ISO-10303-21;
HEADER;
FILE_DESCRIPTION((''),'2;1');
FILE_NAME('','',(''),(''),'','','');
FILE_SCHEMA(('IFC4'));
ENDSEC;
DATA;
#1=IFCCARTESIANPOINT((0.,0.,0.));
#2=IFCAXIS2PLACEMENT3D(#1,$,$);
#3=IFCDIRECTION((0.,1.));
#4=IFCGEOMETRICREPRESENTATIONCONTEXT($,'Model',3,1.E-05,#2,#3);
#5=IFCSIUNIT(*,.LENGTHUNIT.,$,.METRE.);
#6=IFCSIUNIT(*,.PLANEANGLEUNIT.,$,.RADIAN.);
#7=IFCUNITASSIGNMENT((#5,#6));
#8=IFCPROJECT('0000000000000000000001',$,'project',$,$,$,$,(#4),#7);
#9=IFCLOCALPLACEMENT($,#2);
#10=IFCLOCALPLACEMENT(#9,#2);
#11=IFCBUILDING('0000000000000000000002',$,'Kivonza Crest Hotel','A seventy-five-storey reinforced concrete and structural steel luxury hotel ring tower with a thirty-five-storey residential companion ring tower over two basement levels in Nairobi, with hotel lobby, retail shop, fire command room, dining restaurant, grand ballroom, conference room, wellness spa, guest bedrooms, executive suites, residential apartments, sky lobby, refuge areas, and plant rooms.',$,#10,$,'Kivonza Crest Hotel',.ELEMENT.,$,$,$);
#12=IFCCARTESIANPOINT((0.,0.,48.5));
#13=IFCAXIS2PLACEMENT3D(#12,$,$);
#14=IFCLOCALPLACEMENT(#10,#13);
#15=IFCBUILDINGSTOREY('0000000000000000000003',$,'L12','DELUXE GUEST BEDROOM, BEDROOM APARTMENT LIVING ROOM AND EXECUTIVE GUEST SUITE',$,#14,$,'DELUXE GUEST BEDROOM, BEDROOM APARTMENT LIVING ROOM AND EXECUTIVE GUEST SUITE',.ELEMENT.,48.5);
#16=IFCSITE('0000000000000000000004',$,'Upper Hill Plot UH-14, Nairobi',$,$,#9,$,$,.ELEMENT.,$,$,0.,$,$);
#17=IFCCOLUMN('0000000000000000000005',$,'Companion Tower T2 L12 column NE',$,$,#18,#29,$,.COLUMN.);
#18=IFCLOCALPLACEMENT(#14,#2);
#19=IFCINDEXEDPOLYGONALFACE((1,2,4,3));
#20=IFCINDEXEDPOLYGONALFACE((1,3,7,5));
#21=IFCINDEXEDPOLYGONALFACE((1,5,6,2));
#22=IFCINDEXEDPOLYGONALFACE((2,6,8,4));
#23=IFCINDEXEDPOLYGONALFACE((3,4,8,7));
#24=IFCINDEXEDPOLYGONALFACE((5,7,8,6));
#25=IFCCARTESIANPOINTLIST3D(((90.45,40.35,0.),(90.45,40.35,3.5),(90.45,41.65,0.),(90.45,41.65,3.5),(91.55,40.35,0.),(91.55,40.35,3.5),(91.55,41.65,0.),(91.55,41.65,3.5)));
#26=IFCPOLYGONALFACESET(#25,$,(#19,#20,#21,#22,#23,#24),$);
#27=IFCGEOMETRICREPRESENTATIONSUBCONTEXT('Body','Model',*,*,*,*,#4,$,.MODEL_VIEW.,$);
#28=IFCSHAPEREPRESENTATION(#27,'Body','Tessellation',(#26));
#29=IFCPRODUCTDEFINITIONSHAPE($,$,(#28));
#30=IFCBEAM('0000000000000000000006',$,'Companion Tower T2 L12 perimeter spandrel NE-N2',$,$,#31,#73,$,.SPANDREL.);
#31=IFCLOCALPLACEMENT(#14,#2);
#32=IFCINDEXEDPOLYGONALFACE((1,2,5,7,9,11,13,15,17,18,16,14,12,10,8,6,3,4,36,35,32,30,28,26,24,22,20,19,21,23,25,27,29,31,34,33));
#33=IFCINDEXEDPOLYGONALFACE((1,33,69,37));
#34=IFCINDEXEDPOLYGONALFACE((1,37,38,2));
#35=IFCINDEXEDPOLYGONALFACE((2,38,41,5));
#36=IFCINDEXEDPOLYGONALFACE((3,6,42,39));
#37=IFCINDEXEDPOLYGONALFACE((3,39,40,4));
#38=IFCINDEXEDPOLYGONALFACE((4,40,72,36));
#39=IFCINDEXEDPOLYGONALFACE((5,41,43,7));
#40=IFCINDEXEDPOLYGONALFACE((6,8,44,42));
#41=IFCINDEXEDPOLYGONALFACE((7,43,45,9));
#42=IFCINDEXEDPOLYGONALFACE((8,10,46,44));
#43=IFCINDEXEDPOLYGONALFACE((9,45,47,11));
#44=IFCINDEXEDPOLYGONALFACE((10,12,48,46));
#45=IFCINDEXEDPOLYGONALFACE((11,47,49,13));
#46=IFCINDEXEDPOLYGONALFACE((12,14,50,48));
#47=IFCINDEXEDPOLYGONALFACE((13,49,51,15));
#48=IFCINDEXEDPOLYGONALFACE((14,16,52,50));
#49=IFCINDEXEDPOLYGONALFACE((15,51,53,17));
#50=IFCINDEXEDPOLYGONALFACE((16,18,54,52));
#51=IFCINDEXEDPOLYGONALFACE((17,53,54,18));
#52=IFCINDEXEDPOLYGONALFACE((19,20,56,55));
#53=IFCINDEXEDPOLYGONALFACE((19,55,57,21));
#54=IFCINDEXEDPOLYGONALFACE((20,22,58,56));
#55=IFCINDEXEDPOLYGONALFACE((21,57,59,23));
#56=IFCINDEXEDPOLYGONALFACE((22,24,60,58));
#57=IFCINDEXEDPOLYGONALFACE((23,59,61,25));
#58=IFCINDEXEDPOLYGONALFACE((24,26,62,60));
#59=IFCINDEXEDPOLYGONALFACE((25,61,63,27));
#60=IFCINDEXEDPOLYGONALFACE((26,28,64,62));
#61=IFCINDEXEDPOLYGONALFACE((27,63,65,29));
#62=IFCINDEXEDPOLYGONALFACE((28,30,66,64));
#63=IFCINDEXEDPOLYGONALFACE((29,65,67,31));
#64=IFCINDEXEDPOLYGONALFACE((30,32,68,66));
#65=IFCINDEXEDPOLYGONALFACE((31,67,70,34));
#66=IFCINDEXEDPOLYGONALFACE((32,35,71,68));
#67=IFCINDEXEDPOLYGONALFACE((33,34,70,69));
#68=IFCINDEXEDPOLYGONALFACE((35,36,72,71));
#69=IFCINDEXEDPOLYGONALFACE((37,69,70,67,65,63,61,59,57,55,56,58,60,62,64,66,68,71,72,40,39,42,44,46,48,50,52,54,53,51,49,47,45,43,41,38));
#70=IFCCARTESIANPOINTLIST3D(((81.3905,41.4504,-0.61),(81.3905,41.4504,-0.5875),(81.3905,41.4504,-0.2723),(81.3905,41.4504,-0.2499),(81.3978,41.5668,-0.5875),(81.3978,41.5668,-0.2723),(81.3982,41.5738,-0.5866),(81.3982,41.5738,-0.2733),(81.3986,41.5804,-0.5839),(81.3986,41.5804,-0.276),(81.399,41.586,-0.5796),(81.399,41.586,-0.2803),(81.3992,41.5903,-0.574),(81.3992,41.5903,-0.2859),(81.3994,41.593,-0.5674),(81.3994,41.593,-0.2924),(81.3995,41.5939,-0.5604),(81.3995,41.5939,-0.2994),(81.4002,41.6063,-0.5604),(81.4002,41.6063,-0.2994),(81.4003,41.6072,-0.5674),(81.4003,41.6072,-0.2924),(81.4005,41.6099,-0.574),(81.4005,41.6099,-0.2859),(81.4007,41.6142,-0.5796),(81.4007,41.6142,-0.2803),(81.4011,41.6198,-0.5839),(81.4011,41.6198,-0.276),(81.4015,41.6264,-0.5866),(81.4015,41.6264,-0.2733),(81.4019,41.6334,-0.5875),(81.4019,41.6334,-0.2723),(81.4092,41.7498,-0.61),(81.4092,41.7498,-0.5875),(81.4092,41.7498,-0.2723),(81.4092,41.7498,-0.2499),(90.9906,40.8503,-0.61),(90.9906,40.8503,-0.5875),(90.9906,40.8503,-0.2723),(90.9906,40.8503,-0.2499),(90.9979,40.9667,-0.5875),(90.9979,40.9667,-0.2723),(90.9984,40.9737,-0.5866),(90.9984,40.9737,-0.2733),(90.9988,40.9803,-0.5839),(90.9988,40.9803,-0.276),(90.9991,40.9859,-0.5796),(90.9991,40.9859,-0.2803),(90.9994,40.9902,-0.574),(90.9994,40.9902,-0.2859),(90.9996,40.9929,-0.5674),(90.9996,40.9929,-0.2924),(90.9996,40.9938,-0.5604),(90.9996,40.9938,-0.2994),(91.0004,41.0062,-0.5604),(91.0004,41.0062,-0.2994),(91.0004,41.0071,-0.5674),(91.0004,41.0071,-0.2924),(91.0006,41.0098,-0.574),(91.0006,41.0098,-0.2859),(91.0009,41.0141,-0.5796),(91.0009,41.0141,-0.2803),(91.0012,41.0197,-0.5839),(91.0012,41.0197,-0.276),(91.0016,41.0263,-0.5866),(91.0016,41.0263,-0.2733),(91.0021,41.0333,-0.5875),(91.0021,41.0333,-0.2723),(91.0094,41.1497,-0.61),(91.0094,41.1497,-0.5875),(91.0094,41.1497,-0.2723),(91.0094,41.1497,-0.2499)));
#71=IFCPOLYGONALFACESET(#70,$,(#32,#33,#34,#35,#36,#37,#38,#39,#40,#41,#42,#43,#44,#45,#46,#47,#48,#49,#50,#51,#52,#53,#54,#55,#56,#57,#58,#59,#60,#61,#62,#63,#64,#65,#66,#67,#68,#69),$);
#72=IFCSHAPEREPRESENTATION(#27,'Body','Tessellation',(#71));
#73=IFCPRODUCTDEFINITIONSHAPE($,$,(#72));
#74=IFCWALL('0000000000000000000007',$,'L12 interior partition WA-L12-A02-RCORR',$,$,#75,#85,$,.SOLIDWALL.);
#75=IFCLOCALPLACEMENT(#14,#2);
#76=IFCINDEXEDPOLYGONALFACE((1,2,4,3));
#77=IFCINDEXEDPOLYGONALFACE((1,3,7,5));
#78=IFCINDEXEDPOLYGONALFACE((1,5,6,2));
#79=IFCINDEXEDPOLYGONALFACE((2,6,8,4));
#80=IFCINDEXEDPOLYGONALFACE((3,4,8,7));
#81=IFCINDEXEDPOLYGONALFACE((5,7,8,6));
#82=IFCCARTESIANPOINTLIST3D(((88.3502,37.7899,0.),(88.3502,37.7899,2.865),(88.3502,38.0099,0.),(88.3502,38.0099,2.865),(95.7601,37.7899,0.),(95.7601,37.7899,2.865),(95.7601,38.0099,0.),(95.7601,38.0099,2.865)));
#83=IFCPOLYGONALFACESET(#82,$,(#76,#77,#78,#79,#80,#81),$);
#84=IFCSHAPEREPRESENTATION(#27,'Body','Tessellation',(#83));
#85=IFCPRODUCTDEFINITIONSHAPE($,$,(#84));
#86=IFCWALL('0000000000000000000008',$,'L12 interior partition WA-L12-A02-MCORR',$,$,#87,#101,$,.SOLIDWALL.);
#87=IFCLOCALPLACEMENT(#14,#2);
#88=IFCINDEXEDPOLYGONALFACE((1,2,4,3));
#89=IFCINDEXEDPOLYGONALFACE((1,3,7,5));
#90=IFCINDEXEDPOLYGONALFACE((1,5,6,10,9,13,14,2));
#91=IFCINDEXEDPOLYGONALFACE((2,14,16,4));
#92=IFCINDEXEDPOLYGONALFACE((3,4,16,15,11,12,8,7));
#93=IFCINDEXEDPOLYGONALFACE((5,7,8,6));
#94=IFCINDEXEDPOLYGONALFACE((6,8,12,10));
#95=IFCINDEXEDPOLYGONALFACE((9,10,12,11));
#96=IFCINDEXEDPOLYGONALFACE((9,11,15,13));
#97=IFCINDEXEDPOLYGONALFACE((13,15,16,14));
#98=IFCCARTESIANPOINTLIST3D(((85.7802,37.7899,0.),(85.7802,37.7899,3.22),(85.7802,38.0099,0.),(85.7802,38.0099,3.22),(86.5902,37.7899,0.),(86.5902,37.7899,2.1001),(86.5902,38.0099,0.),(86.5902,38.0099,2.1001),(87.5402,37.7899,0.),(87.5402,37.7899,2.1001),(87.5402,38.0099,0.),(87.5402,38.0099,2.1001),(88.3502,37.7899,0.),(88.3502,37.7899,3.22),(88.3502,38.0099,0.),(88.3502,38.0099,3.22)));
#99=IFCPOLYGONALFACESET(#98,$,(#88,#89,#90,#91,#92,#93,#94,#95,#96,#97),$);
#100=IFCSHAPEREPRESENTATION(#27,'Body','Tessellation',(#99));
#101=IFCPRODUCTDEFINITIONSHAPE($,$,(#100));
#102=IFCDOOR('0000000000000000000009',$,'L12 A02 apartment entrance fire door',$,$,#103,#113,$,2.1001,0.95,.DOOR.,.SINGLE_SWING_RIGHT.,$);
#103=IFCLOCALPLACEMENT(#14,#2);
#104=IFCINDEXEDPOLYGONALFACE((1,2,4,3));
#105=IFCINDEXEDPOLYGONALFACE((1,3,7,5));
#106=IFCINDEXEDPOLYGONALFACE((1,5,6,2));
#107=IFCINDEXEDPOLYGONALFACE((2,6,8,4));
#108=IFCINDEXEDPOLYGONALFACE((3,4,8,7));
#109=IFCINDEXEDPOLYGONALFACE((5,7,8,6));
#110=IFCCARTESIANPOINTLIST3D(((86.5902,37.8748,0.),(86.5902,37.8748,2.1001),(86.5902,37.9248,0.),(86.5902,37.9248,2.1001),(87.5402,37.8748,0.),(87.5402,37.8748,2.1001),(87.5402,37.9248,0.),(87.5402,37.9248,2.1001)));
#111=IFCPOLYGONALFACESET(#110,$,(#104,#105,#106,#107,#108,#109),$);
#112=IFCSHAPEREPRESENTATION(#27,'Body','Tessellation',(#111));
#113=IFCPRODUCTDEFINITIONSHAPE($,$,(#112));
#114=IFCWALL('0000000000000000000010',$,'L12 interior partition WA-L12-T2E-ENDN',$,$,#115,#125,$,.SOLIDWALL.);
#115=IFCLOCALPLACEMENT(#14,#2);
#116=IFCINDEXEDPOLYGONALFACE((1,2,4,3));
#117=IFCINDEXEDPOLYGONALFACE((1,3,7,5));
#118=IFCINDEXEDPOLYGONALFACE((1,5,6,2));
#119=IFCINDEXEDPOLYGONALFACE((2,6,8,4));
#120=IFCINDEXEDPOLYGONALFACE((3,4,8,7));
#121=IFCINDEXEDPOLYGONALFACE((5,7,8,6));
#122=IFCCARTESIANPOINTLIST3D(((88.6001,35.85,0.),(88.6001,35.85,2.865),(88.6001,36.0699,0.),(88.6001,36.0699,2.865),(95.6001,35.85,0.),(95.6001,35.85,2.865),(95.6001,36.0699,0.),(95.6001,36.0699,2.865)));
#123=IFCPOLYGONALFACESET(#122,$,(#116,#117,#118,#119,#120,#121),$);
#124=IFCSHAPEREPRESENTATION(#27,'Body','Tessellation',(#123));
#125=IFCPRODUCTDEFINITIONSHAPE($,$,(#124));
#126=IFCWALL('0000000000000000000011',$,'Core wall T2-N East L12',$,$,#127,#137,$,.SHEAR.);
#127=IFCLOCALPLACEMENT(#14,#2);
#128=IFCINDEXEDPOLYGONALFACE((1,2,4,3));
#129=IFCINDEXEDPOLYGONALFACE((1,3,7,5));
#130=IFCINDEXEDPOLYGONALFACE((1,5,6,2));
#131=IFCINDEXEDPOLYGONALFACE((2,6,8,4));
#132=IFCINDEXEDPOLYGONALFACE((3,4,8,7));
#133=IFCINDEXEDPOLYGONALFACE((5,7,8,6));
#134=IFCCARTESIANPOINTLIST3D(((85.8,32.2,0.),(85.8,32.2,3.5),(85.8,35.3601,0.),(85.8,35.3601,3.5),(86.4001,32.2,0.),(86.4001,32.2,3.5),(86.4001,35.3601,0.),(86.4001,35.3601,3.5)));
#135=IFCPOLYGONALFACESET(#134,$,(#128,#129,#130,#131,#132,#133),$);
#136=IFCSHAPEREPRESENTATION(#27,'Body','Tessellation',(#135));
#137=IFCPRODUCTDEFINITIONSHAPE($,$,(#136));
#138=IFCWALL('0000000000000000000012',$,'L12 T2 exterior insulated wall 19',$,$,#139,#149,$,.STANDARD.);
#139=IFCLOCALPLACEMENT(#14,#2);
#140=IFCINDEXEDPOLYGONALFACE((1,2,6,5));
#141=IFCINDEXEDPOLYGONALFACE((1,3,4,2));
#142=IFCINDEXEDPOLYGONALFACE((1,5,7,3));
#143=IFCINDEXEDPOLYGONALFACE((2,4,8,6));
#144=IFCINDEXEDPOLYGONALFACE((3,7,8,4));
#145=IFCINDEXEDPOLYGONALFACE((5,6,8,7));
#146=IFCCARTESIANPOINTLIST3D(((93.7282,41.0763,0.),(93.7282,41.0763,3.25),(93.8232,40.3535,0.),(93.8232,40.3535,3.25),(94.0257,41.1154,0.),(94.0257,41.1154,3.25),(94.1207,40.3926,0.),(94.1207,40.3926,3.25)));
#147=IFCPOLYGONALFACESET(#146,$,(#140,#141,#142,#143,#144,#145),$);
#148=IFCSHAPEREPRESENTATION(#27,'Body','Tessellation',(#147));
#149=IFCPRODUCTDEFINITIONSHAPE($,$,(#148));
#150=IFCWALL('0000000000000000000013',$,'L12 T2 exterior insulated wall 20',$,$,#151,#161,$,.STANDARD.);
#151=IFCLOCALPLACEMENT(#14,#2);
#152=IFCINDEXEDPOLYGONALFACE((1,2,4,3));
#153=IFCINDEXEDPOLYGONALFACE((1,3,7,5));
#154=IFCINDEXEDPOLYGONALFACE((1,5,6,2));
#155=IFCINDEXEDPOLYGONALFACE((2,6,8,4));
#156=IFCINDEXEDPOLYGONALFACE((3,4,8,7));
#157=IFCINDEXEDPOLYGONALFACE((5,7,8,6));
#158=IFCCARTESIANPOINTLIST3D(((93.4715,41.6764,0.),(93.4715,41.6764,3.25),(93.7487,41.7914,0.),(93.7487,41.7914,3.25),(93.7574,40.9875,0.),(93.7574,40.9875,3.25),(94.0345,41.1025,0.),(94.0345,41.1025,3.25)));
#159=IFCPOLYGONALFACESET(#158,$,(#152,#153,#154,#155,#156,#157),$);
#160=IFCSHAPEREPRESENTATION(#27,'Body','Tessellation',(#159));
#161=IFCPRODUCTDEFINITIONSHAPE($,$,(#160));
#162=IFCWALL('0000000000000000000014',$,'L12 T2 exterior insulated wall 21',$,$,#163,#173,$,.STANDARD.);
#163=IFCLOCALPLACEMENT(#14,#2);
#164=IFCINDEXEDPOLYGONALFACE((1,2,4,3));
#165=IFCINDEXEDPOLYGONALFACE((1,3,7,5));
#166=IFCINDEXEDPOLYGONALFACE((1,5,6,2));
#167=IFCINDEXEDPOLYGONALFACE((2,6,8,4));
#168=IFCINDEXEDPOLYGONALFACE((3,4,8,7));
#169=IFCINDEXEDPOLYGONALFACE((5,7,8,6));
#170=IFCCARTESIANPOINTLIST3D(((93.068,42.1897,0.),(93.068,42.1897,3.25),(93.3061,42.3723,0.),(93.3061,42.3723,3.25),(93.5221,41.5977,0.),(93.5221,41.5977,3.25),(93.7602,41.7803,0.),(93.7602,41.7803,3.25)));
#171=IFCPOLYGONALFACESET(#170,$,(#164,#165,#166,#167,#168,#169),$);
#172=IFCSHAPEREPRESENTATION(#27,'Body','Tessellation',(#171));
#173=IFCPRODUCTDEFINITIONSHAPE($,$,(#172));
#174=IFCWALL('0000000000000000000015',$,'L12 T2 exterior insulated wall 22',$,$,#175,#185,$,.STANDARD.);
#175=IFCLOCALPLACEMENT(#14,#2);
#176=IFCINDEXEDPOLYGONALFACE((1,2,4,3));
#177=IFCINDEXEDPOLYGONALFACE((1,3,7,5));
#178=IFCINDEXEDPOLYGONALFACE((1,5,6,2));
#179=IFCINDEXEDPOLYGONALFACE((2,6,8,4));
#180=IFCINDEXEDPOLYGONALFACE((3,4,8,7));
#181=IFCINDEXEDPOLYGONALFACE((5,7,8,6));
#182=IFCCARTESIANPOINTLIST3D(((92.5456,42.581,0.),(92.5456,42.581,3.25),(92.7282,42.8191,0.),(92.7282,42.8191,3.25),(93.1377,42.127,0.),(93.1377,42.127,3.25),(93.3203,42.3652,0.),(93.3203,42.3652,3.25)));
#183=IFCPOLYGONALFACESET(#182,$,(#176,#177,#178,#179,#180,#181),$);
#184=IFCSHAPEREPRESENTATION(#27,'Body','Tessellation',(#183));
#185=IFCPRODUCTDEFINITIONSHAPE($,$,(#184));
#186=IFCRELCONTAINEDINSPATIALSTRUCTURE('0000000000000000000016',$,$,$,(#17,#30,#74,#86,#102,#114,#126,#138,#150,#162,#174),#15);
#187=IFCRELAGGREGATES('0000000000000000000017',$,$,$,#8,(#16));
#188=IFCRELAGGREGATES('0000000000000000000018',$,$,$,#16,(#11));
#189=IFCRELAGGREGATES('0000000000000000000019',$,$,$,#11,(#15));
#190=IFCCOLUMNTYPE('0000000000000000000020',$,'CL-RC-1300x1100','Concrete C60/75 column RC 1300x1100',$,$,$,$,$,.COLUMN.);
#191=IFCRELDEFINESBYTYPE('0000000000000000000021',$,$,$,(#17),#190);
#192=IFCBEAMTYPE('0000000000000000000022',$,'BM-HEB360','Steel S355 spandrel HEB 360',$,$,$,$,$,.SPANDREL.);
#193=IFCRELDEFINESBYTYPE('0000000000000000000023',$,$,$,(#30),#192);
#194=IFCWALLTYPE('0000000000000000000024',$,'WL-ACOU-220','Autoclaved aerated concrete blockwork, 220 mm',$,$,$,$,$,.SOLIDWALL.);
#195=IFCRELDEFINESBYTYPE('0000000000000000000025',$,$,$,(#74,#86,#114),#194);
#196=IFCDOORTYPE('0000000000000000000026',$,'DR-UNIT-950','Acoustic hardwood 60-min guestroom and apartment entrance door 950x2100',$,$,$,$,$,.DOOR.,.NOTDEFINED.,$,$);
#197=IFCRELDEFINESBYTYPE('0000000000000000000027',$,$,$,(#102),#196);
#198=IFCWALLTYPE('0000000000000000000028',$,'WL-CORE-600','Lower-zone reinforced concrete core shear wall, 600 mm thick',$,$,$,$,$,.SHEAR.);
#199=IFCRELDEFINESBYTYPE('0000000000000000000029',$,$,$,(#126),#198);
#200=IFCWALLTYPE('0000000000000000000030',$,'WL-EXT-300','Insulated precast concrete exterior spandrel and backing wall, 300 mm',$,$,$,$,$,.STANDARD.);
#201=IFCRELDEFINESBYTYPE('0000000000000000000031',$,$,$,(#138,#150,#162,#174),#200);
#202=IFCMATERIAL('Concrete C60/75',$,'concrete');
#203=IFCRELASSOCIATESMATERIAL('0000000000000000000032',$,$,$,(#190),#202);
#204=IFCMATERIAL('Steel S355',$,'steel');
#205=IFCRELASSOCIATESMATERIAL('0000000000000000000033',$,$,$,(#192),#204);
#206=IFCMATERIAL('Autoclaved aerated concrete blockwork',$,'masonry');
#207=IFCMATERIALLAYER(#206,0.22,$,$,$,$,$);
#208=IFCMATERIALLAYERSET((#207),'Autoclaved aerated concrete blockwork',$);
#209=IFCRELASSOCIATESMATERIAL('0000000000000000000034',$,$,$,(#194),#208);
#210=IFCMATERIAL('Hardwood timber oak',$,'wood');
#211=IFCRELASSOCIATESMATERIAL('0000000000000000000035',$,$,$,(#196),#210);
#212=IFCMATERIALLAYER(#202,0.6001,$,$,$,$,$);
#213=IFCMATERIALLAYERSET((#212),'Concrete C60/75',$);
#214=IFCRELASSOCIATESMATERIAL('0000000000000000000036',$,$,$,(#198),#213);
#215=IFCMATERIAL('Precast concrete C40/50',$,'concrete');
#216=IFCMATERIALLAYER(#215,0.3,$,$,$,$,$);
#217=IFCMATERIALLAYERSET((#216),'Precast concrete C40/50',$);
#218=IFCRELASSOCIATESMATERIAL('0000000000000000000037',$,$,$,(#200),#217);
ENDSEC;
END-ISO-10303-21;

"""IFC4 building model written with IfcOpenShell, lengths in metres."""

from ifc_helpers import new_model, si_unit, direction, frame, frame_2d, origin, origin_2d, place, context, subcontext, project, spatial, rectangle, i_section, extrude, material, layer, layer_set, material_profile, profile_set, type_object, element, fill, save


model = new_model("IFC4")

# Units and contexts
model_context = context("Model", 3, precision=1e-05, world=origin(), true_north=direction((0.0, 1.0)))
body_context = subcontext(model_context, "Body", "Model", "MODEL_VIEW")
ifc_project = project(units=[si_unit("LENGTHUNIT", "METRE"), si_unit("PLANEANGLEUNIT", "RADIAN")], contexts=[model_context])

# Site, building, storey
site_placement = place(None, origin())
site = spatial("IfcSite", under=ifc_project, at=site_placement, Name="Upper Hill Plot UH-14, Nairobi", CompositionType="ELEMENT", RefElevation=0.0)
building_placement = place(site_placement, origin())
building = spatial("IfcBuilding", under=site, at=building_placement, Name="Kivonza Crest Hotel", Description="A seventy-five-storey reinforced concrete and structural steel luxury hotel ring tower with a thirty-five-storey residential companion ring tower over two basement levels in Nairobi, with hotel lobby, retail shop, fire command room, dining restaurant, grand ballroom, conference room, wellness spa, guest bedrooms, executive suites, residential apartments, sky lobby, refuge areas, and plant rooms.", LongName="Kivonza Crest Hotel", CompositionType="ELEMENT")
storey_placement = place(building_placement, frame((0.0, 0.0, 48.5)))
storey = spatial("IfcBuildingStorey", under=building, at=storey_placement, Name="L12", Description="DELUXE GUEST BEDROOM, BEDROOM APARTMENT LIVING ROOM AND EXECUTIVE GUEST SUITE", LongName="DELUXE GUEST BEDROOM, BEDROOM APARTMENT LIVING ROOM AND EXECUTIVE GUEST SUITE", CompositionType="ELEMENT", Elevation=48.5)

# Column
ifc_material_1 = material(Name="Concrete C60/75", Category="concrete")
ifc_material_profile_1 = material_profile(ifc_material_1, rectangle(XDim=1.1001, YDim=1.3, at=origin_2d()), Name="RC 1300x1100")
ifc_profile_set_1 = profile_set([ifc_material_profile_1], Name="Concrete C60/75")
column_type = type_object("IfcColumnType", Name="CL-RC-1300x1100", Description="Concrete C60/75 column RC 1300x1100", PredefinedType="COLUMN", material=ifc_profile_set_1)
column_placement = place(storey_placement, frame((91.0, 41.0, 0.0), z_axis=(0.0, 0.0, 1.0), x_axis=(1.0, 0.0, 0.0)))
element("IfcColumn", 1, at=column_placement, inside=storey, type_object=column_type, Name="Companion Tower T2 L12 column NE", PredefinedType="COLUMN", context=body_context, shape_type="SweptSolid", body=[
    extrude(rectangle(XDim=1.1001, YDim=1.3, at=origin_2d()), origin(), (0.0, 0.0, 1.0), 3.5),
])

# Beam
ifc_material_2 = material(Name="Steel S355", Category="steel")
ifc_material_profile_2 = material_profile(ifc_material_2, i_section(OverallWidth=0.3, OverallDepth=0.3601, WebThickness=0.0125, FlangeThickness=0.0225, FilletRadius=0.0271, at=origin_2d()), Name="HEB 360")
ifc_profile_set_2 = profile_set([ifc_material_profile_2], Name="Steel S355")
beam_type = type_object("IfcBeamType", Name="BM-HEB360", Description="Steel S355 spandrel HEB 360", PredefinedType="SPANDREL", material=ifc_profile_set_2)
beam_placement = place(storey_placement, frame((91.0, 41.0, -0.4299), z_axis=(-0.998052, 0.062388, 0.0), x_axis=(-0.062388, -0.998052, 0.0)))
element("IfcBeam", 2, at=beam_placement, inside=storey, type_object=beam_type, Name="Companion Tower T2 L12 perimeter spandrel NE-N2", PredefinedType="SPANDREL", context=body_context, shape_type="SweptSolid", body=[
    extrude(i_section(OverallWidth=0.3, OverallDepth=0.3601, WebThickness=0.0125, FlangeThickness=0.0225, FilletRadius=0.0271, at=origin_2d()), origin(), (0.0, 0.0, 1.0), 9.6189),
])

# Wall
ifc_material_3 = material(Name="Autoclaved aerated concrete blockwork", Category="masonry")
ifc_layer_1 = layer(ifc_material_3, 0.22)
ifc_layer_set_1 = layer_set([ifc_layer_1], Name="Autoclaved aerated concrete blockwork")
wall_type_1 = type_object("IfcWallType", Name="WL-ACOU-220", Description="Autoclaved aerated concrete blockwork, 220 mm", PredefinedType="SOLIDWALL", material=ifc_layer_set_1)
wall_1_placement = place(storey_placement, frame((88.3501, 37.8999, 0.0), z_axis=(0.0, 0.0, 1.0), x_axis=(1.0, 0.0, 0.0)))
element("IfcWall", 3, at=wall_1_placement, inside=storey, type_object=wall_type_1, Name="L12 interior partition WA-L12-A02-RCORR", PredefinedType="SOLIDWALL", context=body_context, shape_type="SweptSolid", body=[
    extrude(rectangle(XDim=7.4099, YDim=0.22, at=frame_2d((3.7051, 0.0))), origin(), (0.0, 0.0, 1.0), 2.865),
])

# Wall, opening, door
wall_2_placement = place(storey_placement, frame((85.78, 37.8999, 0.0), z_axis=(0.0, 0.0, 1.0), x_axis=(1.0, 0.0, 0.0)))
wall_2 = element("IfcWall", 4, at=wall_2_placement, inside=storey, type_object=wall_type_1, Name="L12 interior partition WA-L12-A02-MCORR", PredefinedType="SOLIDWALL", context=body_context, shape_type="SweptSolid", body=[
    extrude(rectangle(XDim=2.5701, YDim=0.22, at=frame_2d((1.2852, 0.0))), origin(), (0.0, 0.0, 1.0), 3.22),
])
opening_1_placement = place(wall_2_placement, frame((0.8101, 0.0, 0.0)))
opening_1 = element("IfcOpeningElement", 5, at=opening_1_placement, cuts=wall_2, PredefinedType="OPENING", context=body_context, shape_type="SweptSolid", body=[
    extrude(rectangle(XDim=0.95, YDim=2.1001, at=frame_2d((0.4751, 1.05))), frame((0.0, 0.1201, 0.0), z_axis=(0.0, -1.0, 0.0), x_axis=(1.0, 0.0, 0.0)), (0.0, 0.0, 1.0), 0.24),
])
ifc_material_4 = material(Name="Hardwood timber oak", Category="wood")
door_type_1 = type_object("IfcDoorType", Name="DR-UNIT-950", Description="Acoustic hardwood 60-min guestroom and apartment entrance door 950x2100", OperationType="NOTDEFINED", PredefinedType="DOOR", material=ifc_material_4)
door_1_placement = place(opening_1_placement, origin())
door_1 = element("IfcDoor", 6, at=door_1_placement, inside=storey, type_object=door_type_1, Name="L12 A02 apartment entrance fire door", OperationType="SINGLE_SWING_RIGHT", OverallHeight=2.1001, OverallWidth=0.95, PredefinedType="DOOR", context=body_context, shape_type="SweptSolid", body=[
    extrude(rectangle(XDim=0.95, YDim=2.1001, at=frame_2d((0.4751, 1.05))), frame((0.0, 0.0249, 0.0), z_axis=(0.0, -1.0, 0.0), x_axis=(1.0, 0.0, 0.0)), (0.0, 0.0, 1.0), 0.05),
])
fill(opening_1, door_1)

# Walls
wall_3_placement = place(storey_placement, frame((88.6001, 35.96, 0.0), z_axis=(0.0, 0.0, 1.0), x_axis=(1.0, 0.0, 0.0)))
element("IfcWall", 7, at=wall_3_placement, inside=storey, type_object=wall_type_1, Name="L12 interior partition WA-L12-T2E-ENDN", PredefinedType="SOLIDWALL", context=body_context, shape_type="SweptSolid", body=[
    extrude(rectangle(XDim=7.0, YDim=0.22, at=frame_2d((3.5, 0.0))), origin(), (0.0, 0.0, 1.0), 2.865),
])
ifc_layer_2 = layer(ifc_material_1, 0.6001)
ifc_layer_set_2 = layer_set([ifc_layer_2], Name="Concrete C60/75")
wall_type_2 = type_object("IfcWallType", Name="WL-CORE-600", Description="Lower-zone reinforced concrete core shear wall, 600 mm thick", PredefinedType="SHEAR", material=ifc_layer_set_2)
wall_4_placement = place(storey_placement, frame((86.1001, 32.2, 0.0), z_axis=(0.0, 0.0, 1.0), x_axis=(0.0, 1.0, 0.0)))
element("IfcWall", 8, at=wall_4_placement, inside=storey, type_object=wall_type_2, Name="Core wall T2-N East L12", PredefinedType="SHEAR", context=body_context, shape_type="SweptSolid", body=[
    extrude(rectangle(XDim=3.1602, YDim=0.6001, at=frame_2d((1.5801, 0.0))), origin(), (0.0, 0.0, 1.0), 3.5),
])
ifc_material_5 = material(Name="Precast concrete C40/50", Category="concrete")
ifc_layer_3 = layer(ifc_material_5, 0.3)
ifc_layer_set_3 = layer_set([ifc_layer_3], Name="Precast concrete C40/50")
wall_type_3 = type_object("IfcWallType", Name="WL-EXT-300", Description="Insulated precast concrete exterior spandrel and backing wall, 300 mm", PredefinedType="STANDARD", material=ifc_layer_set_3)
wall_5_placement = place(storey_placement, frame((93.9719, 40.373, 0.0), z_axis=(0.0, 0.0, 1.0), x_axis=(-0.130255, 0.99148, 0.0)))
element("IfcWall", 9, at=wall_5_placement, inside=storey, type_object=wall_type_3, Name="L12 T2 exterior insulated wall 19", PredefinedType="STANDARD", context=body_context, shape_type="SweptSolid", body=[
    extrude(rectangle(XDim=0.729, YDim=0.3, at=frame_2d((0.3645, 0.0))), origin(), (0.0, 0.0, 1.0), 3.25),
])
wall_6_placement = place(storey_placement, frame((93.896, 41.0449, 0.0), z_axis=(0.0, 0.0, 1.0), x_axis=(-0.383267, 0.923638, 0.0)))
element("IfcWall", 10, at=wall_6_placement, inside=storey, type_object=wall_type_3, Name="L12 T2 exterior insulated wall 20", PredefinedType="STANDARD", context=body_context, shape_type="SweptSolid", body=[
    extrude(rectangle(XDim=0.7458, YDim=0.3, at=frame_2d((0.373, 0.0))), origin(), (0.0, 0.0, 1.0), 3.25),
])
for number, where, z_axis, x_axis, name in (
    (11, (93.6411, 41.689, 0.0), (0.0, 0.0, 1.0), (-0.608603, 0.793475, 0.0), "L12 T2 exterior insulated wall 21"),
    (12, (93.229, 42.2461, 0.0), (0.0, 0.0, 1.0), (-0.793633, 0.608397, 0.0), "L12 T2 exterior insulated wall 22"),
):
    element("IfcWall", number, at=place(storey_placement, frame(where, z_axis=z_axis, x_axis=x_axis)), inside=storey, type_object=wall_type_3, Name=name, PredefinedType="STANDARD", context=body_context, shape_type="SweptSolid", body=[
        extrude(rectangle(XDim=0.7461, YDim=0.3, at=frame_2d((0.373, 0.0))), origin(), (0.0, 0.0, 1.0), 3.25),
    ])

save(model, "model.ifc")
